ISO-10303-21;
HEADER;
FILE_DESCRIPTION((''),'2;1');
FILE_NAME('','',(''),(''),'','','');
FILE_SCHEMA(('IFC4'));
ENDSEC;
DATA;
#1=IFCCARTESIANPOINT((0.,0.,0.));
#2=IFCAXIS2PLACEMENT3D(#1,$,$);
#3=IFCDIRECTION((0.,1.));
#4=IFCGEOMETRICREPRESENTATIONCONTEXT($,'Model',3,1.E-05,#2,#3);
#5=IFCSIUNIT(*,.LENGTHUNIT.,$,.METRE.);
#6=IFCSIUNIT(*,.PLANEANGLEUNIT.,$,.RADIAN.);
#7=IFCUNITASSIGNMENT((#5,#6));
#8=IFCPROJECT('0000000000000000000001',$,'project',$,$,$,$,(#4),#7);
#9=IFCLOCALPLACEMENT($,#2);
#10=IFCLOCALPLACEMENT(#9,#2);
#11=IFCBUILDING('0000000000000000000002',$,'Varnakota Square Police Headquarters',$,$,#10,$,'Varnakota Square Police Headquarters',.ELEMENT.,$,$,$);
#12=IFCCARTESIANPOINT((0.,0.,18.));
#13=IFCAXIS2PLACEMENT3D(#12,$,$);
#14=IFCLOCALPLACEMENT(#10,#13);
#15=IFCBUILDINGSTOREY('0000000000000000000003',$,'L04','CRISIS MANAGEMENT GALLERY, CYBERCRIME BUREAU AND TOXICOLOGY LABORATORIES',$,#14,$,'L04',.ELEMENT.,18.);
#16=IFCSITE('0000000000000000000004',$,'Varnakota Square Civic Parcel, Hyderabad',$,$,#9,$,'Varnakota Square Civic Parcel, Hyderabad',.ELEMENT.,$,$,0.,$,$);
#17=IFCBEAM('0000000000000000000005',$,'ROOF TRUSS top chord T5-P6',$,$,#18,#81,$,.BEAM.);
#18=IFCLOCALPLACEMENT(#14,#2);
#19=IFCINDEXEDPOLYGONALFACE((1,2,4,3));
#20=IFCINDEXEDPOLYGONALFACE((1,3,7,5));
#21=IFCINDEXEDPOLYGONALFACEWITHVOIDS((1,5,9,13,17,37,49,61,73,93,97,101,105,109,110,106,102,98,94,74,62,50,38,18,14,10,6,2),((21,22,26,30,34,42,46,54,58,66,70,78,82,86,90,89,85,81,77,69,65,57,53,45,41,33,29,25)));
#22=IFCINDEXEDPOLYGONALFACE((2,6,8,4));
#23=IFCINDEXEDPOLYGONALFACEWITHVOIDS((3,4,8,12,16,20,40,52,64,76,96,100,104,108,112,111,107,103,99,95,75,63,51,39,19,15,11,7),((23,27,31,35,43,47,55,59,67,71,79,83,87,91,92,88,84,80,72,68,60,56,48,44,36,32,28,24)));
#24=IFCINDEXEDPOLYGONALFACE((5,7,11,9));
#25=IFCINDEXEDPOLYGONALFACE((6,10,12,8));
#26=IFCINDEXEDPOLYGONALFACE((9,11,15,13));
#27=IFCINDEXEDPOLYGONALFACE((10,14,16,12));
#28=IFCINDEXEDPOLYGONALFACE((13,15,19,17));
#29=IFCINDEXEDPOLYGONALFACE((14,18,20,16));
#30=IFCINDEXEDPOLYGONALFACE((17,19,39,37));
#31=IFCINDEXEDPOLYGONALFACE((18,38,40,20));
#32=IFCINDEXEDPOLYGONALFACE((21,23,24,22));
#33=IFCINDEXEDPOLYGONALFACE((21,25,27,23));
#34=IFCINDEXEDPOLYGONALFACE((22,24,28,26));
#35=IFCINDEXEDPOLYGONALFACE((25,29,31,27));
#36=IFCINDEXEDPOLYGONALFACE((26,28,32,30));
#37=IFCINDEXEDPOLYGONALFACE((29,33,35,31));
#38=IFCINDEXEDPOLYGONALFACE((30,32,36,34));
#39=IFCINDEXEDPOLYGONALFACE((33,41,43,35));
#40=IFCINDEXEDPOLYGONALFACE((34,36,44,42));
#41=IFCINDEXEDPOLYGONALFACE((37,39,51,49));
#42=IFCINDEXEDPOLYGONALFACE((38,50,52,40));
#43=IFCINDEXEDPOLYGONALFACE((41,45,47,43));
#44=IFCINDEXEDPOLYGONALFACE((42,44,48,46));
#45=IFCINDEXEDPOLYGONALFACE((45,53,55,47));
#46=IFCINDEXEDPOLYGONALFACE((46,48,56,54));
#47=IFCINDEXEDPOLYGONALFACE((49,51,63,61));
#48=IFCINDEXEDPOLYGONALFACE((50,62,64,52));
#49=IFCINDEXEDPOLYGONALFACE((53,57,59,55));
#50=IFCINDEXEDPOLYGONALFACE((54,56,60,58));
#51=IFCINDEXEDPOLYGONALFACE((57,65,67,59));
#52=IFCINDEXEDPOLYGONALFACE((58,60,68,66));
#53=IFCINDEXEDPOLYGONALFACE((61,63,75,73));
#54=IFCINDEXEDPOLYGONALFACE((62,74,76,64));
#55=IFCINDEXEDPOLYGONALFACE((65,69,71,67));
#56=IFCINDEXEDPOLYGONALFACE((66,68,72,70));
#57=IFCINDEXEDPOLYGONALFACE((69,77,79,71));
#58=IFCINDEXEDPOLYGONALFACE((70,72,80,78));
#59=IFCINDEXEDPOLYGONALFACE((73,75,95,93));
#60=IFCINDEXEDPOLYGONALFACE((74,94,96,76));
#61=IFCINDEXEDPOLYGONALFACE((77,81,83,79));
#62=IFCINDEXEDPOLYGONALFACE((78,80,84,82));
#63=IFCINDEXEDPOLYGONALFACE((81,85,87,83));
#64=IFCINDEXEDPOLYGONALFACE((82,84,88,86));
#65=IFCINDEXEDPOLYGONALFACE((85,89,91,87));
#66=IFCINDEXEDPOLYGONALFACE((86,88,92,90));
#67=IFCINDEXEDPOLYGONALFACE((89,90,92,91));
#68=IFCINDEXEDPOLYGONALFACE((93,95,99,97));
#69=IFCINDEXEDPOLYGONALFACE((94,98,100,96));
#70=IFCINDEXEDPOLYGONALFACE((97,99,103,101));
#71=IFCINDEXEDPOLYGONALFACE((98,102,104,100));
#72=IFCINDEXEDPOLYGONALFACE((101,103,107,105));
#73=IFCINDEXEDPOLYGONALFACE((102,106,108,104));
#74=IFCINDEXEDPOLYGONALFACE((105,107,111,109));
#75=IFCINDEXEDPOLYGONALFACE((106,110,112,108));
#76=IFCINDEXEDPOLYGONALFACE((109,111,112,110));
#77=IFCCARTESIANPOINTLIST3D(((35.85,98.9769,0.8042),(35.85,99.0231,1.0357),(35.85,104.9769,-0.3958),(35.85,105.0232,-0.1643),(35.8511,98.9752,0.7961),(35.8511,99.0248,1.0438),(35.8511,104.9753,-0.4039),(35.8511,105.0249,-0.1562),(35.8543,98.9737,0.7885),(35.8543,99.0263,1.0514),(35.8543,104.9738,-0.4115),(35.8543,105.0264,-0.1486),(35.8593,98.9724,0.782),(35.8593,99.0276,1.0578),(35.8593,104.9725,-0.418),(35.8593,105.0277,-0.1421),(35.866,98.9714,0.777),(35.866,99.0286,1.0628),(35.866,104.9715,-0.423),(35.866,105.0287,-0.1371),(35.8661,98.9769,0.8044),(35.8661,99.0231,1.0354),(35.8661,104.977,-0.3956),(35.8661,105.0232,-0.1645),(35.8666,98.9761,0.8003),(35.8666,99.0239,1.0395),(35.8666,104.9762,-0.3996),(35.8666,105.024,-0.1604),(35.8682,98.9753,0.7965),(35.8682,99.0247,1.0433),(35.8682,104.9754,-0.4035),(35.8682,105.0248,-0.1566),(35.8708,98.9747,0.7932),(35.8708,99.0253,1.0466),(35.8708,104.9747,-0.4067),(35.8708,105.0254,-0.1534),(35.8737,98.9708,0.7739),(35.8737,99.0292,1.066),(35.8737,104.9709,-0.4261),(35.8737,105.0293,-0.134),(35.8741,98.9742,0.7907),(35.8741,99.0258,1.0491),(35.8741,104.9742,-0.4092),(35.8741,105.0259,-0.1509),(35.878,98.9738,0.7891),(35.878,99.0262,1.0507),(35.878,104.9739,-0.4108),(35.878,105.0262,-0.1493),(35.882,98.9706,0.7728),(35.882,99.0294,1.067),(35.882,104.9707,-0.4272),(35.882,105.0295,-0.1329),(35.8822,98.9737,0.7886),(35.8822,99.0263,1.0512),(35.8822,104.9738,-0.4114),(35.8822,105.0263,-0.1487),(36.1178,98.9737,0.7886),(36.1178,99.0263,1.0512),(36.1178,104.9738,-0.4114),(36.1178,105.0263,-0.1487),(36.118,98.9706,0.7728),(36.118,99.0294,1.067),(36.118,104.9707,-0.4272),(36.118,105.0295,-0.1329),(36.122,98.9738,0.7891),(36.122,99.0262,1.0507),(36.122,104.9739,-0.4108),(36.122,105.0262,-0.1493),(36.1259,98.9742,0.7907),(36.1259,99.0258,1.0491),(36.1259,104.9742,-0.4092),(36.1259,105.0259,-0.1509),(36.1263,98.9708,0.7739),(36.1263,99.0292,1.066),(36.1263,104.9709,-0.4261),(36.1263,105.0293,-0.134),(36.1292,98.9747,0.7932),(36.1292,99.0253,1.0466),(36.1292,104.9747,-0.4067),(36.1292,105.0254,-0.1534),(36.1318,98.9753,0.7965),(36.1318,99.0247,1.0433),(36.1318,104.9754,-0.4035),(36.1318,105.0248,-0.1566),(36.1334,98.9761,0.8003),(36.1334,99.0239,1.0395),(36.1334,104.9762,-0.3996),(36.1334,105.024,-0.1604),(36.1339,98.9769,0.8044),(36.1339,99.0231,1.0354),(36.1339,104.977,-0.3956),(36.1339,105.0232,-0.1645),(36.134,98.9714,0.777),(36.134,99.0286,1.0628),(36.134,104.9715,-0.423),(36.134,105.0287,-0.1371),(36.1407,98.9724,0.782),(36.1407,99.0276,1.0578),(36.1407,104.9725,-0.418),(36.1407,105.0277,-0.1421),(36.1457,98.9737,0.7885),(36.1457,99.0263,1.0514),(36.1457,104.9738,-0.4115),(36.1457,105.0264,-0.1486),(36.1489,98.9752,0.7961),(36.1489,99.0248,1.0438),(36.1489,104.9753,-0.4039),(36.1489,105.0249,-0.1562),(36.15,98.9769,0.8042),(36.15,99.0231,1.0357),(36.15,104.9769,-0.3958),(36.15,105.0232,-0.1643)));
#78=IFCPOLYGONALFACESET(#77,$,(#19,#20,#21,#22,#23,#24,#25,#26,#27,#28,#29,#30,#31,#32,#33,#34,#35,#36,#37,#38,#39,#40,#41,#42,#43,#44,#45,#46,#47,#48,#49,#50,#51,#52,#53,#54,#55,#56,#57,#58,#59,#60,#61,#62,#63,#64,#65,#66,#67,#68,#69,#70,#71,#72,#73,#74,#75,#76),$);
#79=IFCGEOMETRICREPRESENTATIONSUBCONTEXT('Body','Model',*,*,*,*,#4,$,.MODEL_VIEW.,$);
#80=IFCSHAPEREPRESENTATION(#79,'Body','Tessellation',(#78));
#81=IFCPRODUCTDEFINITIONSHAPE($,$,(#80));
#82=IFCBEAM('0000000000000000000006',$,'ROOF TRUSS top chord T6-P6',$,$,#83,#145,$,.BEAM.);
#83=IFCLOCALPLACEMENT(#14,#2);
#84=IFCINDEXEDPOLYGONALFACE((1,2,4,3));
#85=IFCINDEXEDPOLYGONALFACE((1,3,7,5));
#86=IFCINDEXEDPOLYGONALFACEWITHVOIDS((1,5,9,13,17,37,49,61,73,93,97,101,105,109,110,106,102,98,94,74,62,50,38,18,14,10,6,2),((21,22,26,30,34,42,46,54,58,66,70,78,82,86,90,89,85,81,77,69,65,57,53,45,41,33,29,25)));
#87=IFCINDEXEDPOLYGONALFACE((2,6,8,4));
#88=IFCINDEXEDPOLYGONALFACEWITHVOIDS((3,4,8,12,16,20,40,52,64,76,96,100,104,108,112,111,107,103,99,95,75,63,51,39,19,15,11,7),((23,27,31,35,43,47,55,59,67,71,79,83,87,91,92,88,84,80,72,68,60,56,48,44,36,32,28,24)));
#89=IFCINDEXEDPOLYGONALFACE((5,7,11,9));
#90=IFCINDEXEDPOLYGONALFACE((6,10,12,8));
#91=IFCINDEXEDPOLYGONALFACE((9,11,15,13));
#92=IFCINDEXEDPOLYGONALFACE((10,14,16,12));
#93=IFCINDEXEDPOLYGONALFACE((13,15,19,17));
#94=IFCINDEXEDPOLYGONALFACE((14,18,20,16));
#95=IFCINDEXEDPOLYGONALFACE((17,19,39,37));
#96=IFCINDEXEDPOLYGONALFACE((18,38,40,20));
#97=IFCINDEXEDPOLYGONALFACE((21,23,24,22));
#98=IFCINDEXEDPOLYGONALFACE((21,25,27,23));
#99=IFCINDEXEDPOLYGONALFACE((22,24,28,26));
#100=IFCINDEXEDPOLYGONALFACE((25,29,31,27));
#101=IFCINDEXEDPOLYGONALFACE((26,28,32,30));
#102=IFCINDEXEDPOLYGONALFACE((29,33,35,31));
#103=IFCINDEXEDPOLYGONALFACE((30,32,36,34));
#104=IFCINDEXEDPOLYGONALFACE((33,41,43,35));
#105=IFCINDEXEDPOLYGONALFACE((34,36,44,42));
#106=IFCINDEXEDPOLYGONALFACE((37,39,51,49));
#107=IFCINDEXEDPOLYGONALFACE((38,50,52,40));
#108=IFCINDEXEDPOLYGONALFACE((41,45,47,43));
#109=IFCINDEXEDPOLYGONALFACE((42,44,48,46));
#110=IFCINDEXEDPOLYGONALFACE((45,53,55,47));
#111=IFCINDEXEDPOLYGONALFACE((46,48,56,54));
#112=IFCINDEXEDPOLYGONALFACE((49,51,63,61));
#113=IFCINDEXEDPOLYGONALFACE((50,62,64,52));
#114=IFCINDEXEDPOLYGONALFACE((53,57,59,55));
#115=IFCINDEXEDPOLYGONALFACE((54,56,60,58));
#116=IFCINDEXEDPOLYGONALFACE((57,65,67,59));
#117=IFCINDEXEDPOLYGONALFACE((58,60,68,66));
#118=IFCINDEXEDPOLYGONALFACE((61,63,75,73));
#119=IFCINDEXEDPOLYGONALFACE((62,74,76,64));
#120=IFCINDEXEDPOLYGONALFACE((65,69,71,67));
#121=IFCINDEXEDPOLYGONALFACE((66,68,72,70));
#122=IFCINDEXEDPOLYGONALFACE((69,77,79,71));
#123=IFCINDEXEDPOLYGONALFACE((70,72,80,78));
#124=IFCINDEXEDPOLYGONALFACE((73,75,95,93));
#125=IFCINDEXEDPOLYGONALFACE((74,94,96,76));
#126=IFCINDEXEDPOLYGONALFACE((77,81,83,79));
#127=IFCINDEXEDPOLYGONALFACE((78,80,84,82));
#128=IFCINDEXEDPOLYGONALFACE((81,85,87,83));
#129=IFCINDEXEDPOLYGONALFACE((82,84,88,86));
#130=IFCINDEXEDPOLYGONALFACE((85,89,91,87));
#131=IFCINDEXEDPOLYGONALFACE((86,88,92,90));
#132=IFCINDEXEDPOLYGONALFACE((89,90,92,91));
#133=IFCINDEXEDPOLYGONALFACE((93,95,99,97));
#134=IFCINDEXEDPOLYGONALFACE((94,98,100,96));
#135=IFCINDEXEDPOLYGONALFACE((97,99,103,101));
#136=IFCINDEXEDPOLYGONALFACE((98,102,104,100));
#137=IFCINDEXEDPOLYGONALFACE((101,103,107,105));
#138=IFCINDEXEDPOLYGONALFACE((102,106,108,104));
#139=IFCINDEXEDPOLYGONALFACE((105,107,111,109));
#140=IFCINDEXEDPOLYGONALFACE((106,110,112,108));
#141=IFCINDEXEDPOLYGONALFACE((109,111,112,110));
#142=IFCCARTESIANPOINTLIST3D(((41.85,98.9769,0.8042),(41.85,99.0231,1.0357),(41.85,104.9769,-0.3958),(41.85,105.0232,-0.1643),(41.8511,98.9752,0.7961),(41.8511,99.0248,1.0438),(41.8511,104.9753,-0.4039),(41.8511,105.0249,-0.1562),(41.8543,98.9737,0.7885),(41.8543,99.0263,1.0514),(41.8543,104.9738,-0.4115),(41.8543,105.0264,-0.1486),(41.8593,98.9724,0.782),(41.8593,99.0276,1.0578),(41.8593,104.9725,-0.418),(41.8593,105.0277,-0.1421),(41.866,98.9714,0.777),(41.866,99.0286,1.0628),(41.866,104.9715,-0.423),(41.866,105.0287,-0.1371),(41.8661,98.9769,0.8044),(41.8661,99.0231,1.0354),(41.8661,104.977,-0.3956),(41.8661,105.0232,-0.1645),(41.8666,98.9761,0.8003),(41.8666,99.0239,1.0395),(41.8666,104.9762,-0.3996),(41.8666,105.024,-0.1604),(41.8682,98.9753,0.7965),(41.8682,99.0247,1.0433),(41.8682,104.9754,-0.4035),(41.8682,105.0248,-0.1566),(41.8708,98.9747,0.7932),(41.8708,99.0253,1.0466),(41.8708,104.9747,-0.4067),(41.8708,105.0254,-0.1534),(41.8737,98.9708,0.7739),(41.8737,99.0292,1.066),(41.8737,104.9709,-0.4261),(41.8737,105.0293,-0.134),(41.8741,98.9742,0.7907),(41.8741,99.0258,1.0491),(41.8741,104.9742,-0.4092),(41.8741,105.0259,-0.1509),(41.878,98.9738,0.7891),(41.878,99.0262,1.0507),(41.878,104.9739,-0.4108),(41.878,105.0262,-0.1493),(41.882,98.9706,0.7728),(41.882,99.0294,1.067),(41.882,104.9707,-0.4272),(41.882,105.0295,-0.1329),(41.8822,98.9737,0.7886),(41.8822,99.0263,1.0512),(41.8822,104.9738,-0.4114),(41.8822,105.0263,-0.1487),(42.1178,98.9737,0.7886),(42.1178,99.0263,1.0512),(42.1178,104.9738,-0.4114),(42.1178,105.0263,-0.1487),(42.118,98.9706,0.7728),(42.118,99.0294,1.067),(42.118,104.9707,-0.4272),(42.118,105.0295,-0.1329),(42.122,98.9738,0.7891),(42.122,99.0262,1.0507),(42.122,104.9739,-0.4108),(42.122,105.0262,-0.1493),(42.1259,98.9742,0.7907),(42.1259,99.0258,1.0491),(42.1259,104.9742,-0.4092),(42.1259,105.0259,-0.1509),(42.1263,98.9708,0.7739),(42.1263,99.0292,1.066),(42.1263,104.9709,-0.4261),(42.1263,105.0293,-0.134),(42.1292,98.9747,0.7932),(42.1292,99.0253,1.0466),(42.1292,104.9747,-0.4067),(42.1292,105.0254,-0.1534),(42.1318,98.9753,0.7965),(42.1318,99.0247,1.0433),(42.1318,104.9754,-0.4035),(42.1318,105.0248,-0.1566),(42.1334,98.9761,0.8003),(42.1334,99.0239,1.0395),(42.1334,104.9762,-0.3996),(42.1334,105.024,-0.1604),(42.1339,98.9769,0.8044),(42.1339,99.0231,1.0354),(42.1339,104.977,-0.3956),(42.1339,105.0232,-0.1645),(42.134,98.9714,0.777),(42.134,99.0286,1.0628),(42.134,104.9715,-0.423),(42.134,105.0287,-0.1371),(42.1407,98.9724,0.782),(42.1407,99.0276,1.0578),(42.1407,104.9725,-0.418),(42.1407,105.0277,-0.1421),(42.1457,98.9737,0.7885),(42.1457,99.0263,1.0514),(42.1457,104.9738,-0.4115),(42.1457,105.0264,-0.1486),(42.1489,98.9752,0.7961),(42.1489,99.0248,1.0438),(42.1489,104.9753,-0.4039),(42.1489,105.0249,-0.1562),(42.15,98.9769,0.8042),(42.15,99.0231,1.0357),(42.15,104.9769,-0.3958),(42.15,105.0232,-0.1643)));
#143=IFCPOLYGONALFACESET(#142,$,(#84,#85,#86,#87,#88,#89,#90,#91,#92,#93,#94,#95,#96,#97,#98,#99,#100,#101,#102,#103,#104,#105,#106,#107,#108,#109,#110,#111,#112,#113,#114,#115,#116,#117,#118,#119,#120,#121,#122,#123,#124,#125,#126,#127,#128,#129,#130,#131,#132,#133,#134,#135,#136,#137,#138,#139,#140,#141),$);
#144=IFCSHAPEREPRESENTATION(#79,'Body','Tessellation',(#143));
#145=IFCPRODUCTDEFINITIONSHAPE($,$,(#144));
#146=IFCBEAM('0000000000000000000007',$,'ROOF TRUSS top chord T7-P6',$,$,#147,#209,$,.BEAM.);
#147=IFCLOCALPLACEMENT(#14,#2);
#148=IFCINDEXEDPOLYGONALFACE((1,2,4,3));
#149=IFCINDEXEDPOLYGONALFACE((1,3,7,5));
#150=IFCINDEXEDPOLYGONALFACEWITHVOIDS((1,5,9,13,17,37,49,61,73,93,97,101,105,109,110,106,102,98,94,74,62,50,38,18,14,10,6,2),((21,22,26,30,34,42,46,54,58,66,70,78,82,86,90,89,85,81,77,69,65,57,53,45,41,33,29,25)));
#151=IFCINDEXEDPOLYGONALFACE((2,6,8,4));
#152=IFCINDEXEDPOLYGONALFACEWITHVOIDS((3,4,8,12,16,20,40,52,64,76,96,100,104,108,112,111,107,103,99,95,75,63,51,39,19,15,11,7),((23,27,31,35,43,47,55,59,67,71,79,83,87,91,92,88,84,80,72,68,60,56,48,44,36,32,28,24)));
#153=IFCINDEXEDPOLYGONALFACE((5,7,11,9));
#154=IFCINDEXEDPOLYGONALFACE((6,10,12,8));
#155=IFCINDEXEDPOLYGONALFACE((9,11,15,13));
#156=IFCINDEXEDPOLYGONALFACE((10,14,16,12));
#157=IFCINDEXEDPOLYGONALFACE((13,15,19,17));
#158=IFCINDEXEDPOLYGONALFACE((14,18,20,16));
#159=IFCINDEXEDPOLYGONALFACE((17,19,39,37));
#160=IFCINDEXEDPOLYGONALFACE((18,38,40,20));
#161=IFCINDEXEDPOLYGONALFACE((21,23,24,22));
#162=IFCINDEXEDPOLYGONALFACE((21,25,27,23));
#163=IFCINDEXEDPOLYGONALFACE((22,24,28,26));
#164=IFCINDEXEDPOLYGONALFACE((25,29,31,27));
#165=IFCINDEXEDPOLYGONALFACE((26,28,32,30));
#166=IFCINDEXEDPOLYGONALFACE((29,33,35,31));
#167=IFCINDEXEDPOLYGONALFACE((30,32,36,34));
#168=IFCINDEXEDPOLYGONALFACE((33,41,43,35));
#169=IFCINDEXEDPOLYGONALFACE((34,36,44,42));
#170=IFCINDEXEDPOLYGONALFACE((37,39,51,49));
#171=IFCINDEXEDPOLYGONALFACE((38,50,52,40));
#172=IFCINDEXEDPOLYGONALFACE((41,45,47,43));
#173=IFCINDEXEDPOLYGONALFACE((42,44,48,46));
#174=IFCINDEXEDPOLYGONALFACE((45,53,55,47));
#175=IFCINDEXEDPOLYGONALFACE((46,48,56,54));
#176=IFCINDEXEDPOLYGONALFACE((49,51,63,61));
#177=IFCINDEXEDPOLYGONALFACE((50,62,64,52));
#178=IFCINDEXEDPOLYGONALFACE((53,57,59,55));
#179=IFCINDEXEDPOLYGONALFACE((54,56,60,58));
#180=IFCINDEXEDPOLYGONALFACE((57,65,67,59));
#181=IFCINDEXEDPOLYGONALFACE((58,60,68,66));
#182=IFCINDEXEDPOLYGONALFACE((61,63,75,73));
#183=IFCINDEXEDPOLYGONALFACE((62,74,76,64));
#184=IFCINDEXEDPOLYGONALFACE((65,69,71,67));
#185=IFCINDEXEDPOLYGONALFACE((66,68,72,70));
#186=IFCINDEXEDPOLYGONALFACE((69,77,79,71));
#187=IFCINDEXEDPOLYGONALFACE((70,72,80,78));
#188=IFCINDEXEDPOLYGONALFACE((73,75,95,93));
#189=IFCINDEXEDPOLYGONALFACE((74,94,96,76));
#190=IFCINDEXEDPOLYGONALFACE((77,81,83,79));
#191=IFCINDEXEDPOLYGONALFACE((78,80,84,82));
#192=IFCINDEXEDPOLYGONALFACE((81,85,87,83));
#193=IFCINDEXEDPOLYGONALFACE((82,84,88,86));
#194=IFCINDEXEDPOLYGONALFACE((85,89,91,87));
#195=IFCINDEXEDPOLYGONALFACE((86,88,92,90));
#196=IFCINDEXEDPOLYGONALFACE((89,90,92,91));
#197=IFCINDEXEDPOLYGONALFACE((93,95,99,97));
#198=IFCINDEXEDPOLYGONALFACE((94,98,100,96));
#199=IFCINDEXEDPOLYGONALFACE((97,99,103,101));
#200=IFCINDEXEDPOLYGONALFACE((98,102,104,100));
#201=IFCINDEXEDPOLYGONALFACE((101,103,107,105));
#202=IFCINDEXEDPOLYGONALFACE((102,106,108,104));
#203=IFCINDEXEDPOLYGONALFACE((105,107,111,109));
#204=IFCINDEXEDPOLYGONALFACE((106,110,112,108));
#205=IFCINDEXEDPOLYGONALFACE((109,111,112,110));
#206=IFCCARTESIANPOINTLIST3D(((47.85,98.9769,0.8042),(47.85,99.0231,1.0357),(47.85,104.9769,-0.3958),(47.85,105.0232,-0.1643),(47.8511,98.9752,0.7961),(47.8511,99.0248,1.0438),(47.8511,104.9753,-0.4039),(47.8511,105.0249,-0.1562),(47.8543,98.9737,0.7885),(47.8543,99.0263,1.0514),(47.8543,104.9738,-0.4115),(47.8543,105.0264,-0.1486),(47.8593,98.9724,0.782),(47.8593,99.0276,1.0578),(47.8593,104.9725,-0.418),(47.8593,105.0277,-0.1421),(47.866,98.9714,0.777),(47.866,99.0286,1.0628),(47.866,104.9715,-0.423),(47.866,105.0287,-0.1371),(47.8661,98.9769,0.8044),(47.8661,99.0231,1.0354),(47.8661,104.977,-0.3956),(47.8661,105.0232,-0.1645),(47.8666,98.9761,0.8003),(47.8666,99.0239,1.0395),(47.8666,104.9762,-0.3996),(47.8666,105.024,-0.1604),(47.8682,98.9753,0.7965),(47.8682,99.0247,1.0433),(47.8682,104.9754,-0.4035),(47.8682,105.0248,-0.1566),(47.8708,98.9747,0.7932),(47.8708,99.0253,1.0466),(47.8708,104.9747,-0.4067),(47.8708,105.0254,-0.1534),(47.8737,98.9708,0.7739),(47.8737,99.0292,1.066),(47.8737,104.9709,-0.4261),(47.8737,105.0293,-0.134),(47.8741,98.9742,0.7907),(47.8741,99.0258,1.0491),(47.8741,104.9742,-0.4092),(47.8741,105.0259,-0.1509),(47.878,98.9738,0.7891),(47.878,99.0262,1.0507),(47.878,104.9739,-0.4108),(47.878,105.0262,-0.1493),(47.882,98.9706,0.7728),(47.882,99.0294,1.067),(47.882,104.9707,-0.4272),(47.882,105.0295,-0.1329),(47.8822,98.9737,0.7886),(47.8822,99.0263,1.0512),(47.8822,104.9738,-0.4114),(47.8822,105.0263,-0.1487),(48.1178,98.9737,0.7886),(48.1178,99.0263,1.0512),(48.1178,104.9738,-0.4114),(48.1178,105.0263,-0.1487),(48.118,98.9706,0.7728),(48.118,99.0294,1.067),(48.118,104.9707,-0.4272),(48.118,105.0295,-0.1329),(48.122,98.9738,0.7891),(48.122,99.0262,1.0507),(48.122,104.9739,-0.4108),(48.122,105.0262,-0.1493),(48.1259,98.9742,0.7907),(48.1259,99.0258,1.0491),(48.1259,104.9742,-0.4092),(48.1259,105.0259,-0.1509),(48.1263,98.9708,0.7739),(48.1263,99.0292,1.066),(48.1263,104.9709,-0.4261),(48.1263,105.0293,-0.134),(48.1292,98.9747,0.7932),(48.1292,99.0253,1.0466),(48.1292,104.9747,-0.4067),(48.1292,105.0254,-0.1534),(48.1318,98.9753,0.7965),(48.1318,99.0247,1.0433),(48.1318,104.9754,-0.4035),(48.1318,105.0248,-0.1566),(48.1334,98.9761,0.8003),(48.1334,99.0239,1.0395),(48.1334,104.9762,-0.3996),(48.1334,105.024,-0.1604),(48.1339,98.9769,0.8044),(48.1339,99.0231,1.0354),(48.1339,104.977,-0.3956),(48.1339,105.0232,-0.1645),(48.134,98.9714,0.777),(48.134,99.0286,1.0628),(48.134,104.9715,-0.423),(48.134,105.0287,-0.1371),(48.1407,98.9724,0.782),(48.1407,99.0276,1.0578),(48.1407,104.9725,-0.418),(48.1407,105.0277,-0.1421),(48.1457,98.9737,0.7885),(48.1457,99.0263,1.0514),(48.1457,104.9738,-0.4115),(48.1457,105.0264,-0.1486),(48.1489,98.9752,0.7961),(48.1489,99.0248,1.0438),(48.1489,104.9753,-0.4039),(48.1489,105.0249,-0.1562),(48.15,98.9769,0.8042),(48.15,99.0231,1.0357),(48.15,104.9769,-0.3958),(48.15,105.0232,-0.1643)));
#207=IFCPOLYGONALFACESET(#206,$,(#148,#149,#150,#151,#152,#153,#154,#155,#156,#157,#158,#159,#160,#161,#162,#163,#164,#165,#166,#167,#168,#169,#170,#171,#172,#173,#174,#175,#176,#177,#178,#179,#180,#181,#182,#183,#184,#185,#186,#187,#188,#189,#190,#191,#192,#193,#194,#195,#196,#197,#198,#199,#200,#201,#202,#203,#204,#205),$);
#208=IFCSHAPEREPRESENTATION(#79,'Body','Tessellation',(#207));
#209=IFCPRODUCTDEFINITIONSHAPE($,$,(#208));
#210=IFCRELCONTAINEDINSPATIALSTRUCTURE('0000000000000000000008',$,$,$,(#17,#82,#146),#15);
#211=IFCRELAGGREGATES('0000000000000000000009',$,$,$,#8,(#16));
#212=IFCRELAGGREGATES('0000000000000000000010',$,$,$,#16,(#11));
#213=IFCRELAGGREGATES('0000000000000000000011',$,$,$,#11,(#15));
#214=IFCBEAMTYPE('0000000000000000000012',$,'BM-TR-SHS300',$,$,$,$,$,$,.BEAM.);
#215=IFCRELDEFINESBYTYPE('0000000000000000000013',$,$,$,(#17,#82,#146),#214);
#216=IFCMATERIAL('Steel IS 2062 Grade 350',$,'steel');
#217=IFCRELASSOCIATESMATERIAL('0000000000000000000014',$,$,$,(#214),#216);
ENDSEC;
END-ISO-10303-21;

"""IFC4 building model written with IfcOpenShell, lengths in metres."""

from ifc_helpers import new_model, si_unit, direction, frame, origin, origin_2d, place, context, subcontext, project, spatial, hollow_rectangle, extrude, material, material_profile, profile_set, type_object, element, save


model = new_model("IFC4")

# Units and contexts
model_context = context("Model", 3, precision=1e-05, world=origin(), true_north=direction((0.0, 1.0)))
body_context = subcontext(model_context, "Body", "Model", "MODEL_VIEW")
ifc_project = project(units=[si_unit("LENGTHUNIT", "METRE"), si_unit("PLANEANGLEUNIT", "RADIAN")], contexts=[model_context])

# Site, building, storey
site_placement = place(None, origin())
site = spatial("IfcSite", under=ifc_project, at=site_placement, Name="Varnakota Square Civic Parcel, Hyderabad", LongName="Varnakota Square Civic Parcel, Hyderabad", CompositionType="ELEMENT", RefElevation=0.0)
building_placement = place(site_placement, origin())
building = spatial("IfcBuilding", under=site, at=building_placement, Name="Varnakota Square Police Headquarters", LongName="Varnakota Square Police Headquarters", CompositionType="ELEMENT")
storey_placement = place(building_placement, frame((0.0, 0.0, 18.0)))
storey = spatial("IfcBuildingStorey", under=building, at=storey_placement, Name="L04", Description="CRISIS MANAGEMENT GALLERY, CYBERCRIME BUREAU AND TOXICOLOGY LABORATORIES", LongName="L04", CompositionType="ELEMENT", Elevation=18.0)

# Beams
ifc_material_1 = material(Name="Steel IS 2062 Grade 350", Category="steel")
ifc_material_profile_1 = material_profile(ifc_material_1, hollow_rectangle(XDim=0.3, YDim=0.3, WallThickness=0.0161, InnerFilletRadius=0.0161, OuterFilletRadius=0.032, at=origin_2d()), Name="SHS 300x300x16")
ifc_profile_set_1 = profile_set([ifc_material_profile_1], Name="Steel IS 2062 Grade 350")
beam_type_1 = type_object("IfcBeamType", Name="BM-TR-SHS300", PredefinedType="BEAM", material=ifc_profile_set_1)
for number, where, z_axis, x_axis, name in (
    (1, (36.0, 99.0, 0.9199), (0.0, 0.980582, -0.196108), (-1.0, 0.0, 0.0), "ROOF TRUSS top chord T5-P6"),
    (2, (42.0, 99.0, 0.9199), (0.0, 0.980582, -0.196108), (-1.0, 0.0, 0.0), "ROOF TRUSS top chord T6-P6"),
    (3, (48.0, 99.0, 0.9199), (0.0, 0.980582, -0.196108), (-1.0, 0.0, 0.0), "ROOF TRUSS top chord T7-P6"),
):
    element("IfcBeam", number, at=place(storey_placement, frame(where, z_axis=z_axis, x_axis=x_axis)), inside=storey, type_object=beam_type_1, Name=name, PredefinedType="BEAM", context=body_context, shape_type="SweptSolid", body=[
        extrude(hollow_rectangle(XDim=0.3, YDim=0.3, WallThickness=0.0161, InnerFilletRadius=0.0161, OuterFilletRadius=0.032, at=origin_2d()), origin(), (0.0, 0.0, 1.0), 6.1189),
    ])

save(model, "model.ifc")
